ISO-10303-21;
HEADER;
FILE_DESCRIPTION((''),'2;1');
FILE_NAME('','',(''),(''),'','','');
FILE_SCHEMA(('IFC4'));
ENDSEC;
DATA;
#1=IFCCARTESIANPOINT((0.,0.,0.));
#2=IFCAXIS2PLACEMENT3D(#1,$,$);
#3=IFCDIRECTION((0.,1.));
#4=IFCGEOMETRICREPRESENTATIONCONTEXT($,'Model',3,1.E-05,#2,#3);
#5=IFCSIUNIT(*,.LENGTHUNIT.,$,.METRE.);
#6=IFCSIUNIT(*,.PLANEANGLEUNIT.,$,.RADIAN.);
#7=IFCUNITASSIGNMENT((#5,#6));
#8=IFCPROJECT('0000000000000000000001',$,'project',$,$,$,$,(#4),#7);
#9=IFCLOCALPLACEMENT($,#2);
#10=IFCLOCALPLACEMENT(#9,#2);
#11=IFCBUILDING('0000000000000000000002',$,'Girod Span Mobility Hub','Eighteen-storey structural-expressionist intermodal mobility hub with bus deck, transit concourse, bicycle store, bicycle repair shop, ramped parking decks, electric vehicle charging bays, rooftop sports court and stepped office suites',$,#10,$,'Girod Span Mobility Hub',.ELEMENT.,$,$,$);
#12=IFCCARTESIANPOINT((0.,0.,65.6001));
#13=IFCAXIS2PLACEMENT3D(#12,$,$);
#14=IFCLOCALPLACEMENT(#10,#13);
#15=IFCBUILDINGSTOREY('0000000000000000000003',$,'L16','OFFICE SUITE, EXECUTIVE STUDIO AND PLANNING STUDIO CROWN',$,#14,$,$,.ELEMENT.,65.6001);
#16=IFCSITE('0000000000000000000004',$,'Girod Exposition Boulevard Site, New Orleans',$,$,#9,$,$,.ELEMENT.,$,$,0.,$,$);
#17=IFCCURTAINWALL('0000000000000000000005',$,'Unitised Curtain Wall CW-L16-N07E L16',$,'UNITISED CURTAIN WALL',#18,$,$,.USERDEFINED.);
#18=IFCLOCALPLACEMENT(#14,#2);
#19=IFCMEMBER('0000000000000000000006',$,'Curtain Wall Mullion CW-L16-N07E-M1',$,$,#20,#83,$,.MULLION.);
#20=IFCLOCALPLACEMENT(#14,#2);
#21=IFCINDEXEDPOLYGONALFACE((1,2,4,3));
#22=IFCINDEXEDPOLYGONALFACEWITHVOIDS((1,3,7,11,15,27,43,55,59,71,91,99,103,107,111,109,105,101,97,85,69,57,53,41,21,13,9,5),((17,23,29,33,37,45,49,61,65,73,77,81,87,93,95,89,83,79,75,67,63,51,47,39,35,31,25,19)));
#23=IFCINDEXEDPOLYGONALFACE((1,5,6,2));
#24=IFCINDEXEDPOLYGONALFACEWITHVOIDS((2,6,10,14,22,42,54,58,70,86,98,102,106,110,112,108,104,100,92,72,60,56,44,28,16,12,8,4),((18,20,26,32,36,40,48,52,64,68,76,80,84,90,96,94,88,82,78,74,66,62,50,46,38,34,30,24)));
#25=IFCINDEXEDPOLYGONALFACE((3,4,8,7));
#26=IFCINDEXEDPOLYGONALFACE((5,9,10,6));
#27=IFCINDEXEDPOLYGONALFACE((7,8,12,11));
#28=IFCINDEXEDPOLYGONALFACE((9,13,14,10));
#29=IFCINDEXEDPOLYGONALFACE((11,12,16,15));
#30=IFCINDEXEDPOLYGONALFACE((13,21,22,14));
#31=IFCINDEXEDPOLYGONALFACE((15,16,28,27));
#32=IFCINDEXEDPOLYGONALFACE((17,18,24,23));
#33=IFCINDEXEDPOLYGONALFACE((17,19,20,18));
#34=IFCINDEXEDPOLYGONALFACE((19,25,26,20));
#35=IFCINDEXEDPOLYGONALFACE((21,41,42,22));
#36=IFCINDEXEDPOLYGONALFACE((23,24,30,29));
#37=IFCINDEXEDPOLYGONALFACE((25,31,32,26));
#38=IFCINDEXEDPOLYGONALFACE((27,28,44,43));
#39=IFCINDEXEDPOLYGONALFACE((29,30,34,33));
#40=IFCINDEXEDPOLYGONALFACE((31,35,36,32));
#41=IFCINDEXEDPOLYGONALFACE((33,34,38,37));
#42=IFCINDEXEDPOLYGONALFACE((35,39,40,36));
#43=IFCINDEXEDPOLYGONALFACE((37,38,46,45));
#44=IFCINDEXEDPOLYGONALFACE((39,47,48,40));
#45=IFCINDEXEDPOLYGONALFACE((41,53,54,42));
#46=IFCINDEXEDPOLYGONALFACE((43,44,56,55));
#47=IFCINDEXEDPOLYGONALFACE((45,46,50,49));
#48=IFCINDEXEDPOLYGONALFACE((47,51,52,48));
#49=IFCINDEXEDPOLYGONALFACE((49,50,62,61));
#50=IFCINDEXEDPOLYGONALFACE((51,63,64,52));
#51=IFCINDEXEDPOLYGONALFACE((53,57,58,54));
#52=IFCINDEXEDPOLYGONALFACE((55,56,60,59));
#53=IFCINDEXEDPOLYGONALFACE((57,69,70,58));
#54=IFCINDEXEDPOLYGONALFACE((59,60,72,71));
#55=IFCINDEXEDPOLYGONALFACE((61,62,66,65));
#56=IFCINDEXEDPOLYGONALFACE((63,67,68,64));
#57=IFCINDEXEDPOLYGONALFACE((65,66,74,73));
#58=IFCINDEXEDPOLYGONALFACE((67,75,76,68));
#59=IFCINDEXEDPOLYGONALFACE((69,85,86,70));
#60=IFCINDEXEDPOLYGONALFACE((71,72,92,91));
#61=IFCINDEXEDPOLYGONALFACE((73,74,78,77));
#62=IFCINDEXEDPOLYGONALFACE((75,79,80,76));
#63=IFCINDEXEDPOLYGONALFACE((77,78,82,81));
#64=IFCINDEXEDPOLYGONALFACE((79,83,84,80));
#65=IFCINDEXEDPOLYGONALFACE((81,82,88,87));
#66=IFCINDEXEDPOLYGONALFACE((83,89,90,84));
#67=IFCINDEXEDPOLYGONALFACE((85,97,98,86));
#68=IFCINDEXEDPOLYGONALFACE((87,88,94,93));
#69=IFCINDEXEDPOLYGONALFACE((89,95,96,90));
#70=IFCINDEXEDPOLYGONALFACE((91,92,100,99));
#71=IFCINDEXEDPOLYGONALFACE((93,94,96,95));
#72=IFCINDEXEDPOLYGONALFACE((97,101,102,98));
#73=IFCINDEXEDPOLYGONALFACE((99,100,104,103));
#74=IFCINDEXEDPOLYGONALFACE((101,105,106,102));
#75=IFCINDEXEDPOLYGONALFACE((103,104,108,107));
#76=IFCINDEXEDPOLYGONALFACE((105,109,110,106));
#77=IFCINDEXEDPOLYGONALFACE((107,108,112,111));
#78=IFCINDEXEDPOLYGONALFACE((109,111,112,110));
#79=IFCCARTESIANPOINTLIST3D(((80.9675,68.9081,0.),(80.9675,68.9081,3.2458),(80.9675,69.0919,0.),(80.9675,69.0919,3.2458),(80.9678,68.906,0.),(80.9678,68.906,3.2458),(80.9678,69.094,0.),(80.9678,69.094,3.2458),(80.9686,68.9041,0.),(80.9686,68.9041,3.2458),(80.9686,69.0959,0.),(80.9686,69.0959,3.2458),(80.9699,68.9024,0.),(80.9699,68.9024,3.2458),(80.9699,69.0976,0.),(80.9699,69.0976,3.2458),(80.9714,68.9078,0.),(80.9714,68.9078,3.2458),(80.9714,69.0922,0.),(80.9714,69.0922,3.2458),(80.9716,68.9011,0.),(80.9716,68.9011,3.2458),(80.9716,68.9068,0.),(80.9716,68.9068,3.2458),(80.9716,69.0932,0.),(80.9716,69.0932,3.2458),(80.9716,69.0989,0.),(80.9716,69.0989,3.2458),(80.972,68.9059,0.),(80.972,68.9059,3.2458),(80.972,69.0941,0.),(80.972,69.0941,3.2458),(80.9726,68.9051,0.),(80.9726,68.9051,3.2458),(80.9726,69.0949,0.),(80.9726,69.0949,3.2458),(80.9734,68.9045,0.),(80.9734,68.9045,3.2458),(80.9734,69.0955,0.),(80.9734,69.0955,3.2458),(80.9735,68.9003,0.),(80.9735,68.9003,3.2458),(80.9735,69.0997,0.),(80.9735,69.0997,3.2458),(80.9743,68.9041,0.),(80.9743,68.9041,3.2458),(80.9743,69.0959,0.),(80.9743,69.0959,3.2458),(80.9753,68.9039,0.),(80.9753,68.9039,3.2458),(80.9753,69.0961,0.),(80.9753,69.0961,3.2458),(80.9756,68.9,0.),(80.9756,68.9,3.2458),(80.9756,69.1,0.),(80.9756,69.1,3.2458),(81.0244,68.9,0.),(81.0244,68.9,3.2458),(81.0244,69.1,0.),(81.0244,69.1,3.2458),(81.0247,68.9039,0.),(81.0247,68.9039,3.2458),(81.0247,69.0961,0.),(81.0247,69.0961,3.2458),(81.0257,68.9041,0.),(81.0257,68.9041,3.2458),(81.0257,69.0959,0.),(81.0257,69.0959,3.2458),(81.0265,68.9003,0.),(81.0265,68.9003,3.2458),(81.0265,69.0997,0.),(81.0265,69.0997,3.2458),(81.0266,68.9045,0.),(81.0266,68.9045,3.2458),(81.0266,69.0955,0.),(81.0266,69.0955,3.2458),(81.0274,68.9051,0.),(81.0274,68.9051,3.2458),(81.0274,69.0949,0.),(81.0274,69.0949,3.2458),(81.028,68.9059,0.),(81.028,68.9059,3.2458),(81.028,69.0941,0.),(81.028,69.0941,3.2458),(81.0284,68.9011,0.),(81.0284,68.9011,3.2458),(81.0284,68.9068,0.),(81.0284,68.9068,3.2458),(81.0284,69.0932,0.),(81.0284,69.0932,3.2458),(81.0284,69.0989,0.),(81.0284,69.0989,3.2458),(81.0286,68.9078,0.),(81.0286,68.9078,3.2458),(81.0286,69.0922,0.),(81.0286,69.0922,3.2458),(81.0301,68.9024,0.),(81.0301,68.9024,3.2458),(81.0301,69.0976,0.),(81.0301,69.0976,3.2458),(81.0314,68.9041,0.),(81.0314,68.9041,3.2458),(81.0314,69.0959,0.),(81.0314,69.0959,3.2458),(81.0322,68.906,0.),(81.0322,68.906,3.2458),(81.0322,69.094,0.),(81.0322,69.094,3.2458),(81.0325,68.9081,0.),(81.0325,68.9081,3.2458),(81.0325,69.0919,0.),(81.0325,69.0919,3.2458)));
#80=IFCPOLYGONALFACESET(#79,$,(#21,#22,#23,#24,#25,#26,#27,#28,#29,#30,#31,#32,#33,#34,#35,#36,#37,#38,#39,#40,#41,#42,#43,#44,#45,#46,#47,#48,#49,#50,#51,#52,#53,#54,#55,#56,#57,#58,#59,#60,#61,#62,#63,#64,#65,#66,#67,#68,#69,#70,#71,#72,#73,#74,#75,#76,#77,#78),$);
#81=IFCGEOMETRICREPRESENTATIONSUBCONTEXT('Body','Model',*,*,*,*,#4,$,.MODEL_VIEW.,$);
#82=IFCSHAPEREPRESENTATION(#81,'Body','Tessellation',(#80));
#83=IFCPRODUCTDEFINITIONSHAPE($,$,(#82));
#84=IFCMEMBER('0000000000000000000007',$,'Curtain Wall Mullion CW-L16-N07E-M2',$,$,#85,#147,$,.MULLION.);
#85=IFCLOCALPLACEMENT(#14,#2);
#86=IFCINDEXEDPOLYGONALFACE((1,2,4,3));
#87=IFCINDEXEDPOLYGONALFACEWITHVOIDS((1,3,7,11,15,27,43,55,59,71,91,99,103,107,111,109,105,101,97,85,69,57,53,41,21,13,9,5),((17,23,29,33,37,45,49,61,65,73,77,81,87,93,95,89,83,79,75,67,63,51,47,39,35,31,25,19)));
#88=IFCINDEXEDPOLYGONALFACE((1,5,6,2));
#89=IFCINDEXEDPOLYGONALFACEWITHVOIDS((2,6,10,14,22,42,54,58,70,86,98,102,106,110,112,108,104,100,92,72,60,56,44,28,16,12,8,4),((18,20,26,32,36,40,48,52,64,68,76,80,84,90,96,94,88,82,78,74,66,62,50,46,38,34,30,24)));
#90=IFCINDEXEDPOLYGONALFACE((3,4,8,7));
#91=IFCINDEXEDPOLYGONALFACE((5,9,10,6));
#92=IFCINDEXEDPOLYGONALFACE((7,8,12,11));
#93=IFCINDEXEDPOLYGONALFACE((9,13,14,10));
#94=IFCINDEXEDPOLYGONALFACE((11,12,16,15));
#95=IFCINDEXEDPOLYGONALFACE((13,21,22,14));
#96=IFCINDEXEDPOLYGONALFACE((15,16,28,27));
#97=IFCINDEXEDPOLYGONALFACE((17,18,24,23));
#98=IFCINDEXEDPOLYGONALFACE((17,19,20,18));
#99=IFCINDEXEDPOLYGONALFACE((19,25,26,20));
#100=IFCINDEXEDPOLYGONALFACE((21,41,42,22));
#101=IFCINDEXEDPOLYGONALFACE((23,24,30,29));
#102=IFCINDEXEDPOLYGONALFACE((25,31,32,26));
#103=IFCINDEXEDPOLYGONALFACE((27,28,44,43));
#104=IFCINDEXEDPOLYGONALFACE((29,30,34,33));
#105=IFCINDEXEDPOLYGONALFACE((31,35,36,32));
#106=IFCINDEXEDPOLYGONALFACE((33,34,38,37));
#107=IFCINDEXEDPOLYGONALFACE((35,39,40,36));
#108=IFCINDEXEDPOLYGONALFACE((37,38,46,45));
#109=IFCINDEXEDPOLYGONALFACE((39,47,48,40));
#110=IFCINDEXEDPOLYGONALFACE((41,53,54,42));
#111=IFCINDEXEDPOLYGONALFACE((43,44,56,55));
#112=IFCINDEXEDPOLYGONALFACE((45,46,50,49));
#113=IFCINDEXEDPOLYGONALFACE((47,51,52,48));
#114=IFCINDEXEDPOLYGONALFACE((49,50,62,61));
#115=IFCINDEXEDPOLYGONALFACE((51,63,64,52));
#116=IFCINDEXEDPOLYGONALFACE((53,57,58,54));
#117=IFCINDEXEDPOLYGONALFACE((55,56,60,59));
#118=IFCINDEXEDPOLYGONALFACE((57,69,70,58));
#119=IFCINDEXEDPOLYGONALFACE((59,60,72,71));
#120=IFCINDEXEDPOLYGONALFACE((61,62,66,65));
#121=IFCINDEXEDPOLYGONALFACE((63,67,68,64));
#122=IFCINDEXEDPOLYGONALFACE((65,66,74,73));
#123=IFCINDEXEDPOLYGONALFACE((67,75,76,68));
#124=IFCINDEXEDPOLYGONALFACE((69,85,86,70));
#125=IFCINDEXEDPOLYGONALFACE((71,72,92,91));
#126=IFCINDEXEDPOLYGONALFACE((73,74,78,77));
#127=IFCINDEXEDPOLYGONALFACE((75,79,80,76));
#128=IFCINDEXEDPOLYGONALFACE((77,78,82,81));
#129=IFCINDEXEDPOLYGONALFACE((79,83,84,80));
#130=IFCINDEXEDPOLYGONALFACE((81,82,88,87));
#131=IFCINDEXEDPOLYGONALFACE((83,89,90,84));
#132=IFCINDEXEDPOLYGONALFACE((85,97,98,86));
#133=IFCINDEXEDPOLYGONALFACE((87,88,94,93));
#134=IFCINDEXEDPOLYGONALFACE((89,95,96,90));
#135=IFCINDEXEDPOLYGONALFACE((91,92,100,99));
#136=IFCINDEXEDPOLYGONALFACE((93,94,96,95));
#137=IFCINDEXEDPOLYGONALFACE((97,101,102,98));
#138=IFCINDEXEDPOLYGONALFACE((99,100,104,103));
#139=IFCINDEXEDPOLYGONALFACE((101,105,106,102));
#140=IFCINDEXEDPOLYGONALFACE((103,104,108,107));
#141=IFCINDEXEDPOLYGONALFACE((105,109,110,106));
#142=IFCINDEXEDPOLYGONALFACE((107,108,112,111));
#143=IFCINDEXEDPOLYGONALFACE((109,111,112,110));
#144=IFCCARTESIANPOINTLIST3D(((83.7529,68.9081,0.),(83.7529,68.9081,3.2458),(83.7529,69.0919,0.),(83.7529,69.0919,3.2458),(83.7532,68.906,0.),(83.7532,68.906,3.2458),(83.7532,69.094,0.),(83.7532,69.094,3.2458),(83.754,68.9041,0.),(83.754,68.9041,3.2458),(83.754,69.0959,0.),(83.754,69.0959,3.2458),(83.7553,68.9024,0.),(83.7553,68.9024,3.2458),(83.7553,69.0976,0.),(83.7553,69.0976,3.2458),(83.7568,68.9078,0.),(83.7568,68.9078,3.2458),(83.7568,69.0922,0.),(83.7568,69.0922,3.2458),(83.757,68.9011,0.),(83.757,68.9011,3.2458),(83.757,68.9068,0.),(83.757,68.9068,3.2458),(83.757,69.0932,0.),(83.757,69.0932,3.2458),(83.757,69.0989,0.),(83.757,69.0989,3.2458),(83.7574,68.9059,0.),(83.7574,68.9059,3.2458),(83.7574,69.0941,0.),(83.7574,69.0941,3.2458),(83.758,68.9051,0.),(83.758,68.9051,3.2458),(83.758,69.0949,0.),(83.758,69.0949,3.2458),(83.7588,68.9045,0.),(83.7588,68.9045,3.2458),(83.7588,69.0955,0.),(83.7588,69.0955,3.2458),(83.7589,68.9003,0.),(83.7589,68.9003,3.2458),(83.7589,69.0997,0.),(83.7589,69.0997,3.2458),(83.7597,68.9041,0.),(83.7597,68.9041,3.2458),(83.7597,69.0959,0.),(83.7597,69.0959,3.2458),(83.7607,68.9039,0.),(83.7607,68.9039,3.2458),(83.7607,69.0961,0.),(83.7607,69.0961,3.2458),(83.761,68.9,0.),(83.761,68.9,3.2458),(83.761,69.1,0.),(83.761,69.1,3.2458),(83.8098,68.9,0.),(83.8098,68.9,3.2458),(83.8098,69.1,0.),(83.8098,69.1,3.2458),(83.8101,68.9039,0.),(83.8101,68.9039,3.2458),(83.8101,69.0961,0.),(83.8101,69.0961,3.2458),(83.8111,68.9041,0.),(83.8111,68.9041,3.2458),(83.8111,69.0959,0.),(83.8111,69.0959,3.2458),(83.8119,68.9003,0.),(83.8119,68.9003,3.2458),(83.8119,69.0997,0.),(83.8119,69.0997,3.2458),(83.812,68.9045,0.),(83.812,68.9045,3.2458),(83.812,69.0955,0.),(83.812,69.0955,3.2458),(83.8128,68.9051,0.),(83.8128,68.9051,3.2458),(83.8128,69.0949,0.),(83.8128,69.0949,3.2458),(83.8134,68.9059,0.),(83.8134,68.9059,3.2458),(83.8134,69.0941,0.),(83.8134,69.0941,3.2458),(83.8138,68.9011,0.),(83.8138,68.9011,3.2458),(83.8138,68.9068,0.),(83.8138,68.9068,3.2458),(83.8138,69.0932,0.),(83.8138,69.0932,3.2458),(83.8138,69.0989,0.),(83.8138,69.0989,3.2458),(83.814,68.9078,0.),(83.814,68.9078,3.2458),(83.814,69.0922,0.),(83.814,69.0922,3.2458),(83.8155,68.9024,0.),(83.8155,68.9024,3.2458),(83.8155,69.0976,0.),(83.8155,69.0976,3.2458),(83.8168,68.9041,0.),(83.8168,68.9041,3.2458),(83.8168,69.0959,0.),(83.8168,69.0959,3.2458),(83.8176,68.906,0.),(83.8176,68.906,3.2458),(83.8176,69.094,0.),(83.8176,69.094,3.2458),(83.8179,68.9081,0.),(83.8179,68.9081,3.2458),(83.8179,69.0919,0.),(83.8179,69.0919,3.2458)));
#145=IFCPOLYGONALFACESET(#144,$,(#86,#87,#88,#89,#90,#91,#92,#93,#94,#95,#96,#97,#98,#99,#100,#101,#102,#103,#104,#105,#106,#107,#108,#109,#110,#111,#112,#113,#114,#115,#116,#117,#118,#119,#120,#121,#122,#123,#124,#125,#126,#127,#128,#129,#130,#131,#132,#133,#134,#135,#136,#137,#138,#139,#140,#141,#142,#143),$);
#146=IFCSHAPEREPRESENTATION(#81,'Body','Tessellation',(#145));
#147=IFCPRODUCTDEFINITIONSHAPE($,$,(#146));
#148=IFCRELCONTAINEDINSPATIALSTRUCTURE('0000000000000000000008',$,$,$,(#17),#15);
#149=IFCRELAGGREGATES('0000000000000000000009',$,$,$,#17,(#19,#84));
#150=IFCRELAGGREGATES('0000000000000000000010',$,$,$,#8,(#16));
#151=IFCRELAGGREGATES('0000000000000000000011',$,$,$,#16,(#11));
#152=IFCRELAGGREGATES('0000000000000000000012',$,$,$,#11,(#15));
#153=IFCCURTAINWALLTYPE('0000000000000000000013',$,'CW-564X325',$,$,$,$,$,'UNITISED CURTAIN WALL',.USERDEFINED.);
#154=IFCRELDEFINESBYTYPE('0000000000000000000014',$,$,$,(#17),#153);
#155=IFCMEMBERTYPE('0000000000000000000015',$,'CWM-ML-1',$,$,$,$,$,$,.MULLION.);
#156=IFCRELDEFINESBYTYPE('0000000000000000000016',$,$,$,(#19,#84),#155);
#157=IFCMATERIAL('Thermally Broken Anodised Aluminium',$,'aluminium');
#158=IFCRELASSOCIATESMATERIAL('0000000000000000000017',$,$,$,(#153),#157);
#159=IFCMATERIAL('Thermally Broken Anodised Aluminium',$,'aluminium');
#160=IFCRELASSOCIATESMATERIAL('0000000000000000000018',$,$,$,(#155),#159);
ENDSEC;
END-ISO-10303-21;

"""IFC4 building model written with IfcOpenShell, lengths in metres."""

from ifc_helpers import new_model, si_unit, direction, frame, origin, origin_2d, place, context, subcontext, project, spatial, hollow_rectangle, extrude, material, material_profile, profile_set, type_object, element, aggregate, save


model = new_model("IFC4")

# Units and contexts
model_context = context("Model", 3, precision=1e-05, world=origin(), true_north=direction((0.0, 1.0)))
body_context = subcontext(model_context, "Body", "Model", "MODEL_VIEW")
ifc_project = project(units=[si_unit("LENGTHUNIT", "METRE"), si_unit("PLANEANGLEUNIT", "RADIAN")], contexts=[model_context])

# Site, building, storey
site_placement = place(None, origin())
site = spatial("IfcSite", under=ifc_project, at=site_placement, Name="Girod Exposition Boulevard Site, New Orleans", CompositionType="ELEMENT", RefElevation=0.0)
building_placement = place(site_placement, origin())
building = spatial("IfcBuilding", under=site, at=building_placement, Name="Girod Span Mobility Hub", Description="Eighteen-storey structural-expressionist intermodal mobility hub with bus deck, transit concourse, bicycle store, bicycle repair shop, ramped parking decks, electric vehicle charging bays, rooftop sports court and stepped office suites", LongName="Girod Span Mobility Hub", CompositionType="ELEMENT")
storey_placement = place(building_placement, frame((0.0, 0.0, 65.6001)))
storey = spatial("IfcBuildingStorey", under=building, at=storey_placement, Name="L16", Description="OFFICE SUITE, EXECUTIVE STUDIO AND PLANNING STUDIO CROWN", CompositionType="ELEMENT", Elevation=65.6001)

# Curtain wall, members
ifc_material_1 = material(Name="Thermally Broken Anodised Aluminium", Category="aluminium")
curtain_wall_type = type_object("IfcCurtainWallType", Name="CW-564X325", ElementType="UNITISED CURTAIN WALL", PredefinedType="USERDEFINED", material=ifc_material_1)
curtain_wall_1_placement = place(storey_placement, origin())
curtain_wall_1 = element("IfcCurtainWall", 1, at=curtain_wall_1_placement, inside=storey, type_object=curtain_wall_type, Name="Unitised Curtain Wall CW-L16-N07E L16", ObjectType="UNITISED CURTAIN WALL", PredefinedType="USERDEFINED")
ifc_material_2 = material(Name="Thermally Broken Anodised Aluminium", Category="aluminium")
ifc_material_profile_1 = material_profile(ifc_material_2, hollow_rectangle(XDim=0.2, YDim=0.0649, WallThickness=0.0039, InnerFilletRadius=0.0039, OuterFilletRadius=0.0081, at=origin_2d()), Name="CW-ML-65X200")
ifc_profile_set_1 = profile_set([ifc_material_profile_1], Name="Thermally Broken Anodised Aluminium")
member_type_1 = type_object("IfcMemberType", Name="CWM-ML-1", PredefinedType="MULLION", material=ifc_profile_set_1)
member_1_placement = place(storey_placement, frame((81.0, 69.0, 0.0), z_axis=(0.0, 0.0, 1.0), x_axis=(0.0, 1.0, 0.0)))
member_1 = element("IfcMember", 2, at=member_1_placement, type_object=member_type_1, Name="Curtain Wall Mullion CW-L16-N07E-M1", PredefinedType="MULLION", context=body_context, shape_type="SweptSolid", body=[
    extrude(hollow_rectangle(XDim=0.2, YDim=0.0649, WallThickness=0.0039, InnerFilletRadius=0.0039, OuterFilletRadius=0.0081, at=origin_2d()), origin(), (0.0, 0.0, 1.0), 3.2458),
])
member_2_placement = place(storey_placement, frame((83.7854, 69.0, 0.0), z_axis=(0.0, 0.0, 1.0), x_axis=(0.0, 1.0, 0.0)))
member_2 = element("IfcMember", 3, at=member_2_placement, type_object=member_type_1, Name="Curtain Wall Mullion CW-L16-N07E-M2", PredefinedType="MULLION", context=body_context, shape_type="SweptSolid", body=[
    extrude(hollow_rectangle(XDim=0.2, YDim=0.0649, WallThickness=0.0039, InnerFilletRadius=0.0039, OuterFilletRadius=0.0081, at=origin_2d()), origin(), (0.0, 0.0, 1.0), 3.2458),
])

aggregate(curtain_wall_1, [member_1, member_2])

save(model, "model.ifc")
